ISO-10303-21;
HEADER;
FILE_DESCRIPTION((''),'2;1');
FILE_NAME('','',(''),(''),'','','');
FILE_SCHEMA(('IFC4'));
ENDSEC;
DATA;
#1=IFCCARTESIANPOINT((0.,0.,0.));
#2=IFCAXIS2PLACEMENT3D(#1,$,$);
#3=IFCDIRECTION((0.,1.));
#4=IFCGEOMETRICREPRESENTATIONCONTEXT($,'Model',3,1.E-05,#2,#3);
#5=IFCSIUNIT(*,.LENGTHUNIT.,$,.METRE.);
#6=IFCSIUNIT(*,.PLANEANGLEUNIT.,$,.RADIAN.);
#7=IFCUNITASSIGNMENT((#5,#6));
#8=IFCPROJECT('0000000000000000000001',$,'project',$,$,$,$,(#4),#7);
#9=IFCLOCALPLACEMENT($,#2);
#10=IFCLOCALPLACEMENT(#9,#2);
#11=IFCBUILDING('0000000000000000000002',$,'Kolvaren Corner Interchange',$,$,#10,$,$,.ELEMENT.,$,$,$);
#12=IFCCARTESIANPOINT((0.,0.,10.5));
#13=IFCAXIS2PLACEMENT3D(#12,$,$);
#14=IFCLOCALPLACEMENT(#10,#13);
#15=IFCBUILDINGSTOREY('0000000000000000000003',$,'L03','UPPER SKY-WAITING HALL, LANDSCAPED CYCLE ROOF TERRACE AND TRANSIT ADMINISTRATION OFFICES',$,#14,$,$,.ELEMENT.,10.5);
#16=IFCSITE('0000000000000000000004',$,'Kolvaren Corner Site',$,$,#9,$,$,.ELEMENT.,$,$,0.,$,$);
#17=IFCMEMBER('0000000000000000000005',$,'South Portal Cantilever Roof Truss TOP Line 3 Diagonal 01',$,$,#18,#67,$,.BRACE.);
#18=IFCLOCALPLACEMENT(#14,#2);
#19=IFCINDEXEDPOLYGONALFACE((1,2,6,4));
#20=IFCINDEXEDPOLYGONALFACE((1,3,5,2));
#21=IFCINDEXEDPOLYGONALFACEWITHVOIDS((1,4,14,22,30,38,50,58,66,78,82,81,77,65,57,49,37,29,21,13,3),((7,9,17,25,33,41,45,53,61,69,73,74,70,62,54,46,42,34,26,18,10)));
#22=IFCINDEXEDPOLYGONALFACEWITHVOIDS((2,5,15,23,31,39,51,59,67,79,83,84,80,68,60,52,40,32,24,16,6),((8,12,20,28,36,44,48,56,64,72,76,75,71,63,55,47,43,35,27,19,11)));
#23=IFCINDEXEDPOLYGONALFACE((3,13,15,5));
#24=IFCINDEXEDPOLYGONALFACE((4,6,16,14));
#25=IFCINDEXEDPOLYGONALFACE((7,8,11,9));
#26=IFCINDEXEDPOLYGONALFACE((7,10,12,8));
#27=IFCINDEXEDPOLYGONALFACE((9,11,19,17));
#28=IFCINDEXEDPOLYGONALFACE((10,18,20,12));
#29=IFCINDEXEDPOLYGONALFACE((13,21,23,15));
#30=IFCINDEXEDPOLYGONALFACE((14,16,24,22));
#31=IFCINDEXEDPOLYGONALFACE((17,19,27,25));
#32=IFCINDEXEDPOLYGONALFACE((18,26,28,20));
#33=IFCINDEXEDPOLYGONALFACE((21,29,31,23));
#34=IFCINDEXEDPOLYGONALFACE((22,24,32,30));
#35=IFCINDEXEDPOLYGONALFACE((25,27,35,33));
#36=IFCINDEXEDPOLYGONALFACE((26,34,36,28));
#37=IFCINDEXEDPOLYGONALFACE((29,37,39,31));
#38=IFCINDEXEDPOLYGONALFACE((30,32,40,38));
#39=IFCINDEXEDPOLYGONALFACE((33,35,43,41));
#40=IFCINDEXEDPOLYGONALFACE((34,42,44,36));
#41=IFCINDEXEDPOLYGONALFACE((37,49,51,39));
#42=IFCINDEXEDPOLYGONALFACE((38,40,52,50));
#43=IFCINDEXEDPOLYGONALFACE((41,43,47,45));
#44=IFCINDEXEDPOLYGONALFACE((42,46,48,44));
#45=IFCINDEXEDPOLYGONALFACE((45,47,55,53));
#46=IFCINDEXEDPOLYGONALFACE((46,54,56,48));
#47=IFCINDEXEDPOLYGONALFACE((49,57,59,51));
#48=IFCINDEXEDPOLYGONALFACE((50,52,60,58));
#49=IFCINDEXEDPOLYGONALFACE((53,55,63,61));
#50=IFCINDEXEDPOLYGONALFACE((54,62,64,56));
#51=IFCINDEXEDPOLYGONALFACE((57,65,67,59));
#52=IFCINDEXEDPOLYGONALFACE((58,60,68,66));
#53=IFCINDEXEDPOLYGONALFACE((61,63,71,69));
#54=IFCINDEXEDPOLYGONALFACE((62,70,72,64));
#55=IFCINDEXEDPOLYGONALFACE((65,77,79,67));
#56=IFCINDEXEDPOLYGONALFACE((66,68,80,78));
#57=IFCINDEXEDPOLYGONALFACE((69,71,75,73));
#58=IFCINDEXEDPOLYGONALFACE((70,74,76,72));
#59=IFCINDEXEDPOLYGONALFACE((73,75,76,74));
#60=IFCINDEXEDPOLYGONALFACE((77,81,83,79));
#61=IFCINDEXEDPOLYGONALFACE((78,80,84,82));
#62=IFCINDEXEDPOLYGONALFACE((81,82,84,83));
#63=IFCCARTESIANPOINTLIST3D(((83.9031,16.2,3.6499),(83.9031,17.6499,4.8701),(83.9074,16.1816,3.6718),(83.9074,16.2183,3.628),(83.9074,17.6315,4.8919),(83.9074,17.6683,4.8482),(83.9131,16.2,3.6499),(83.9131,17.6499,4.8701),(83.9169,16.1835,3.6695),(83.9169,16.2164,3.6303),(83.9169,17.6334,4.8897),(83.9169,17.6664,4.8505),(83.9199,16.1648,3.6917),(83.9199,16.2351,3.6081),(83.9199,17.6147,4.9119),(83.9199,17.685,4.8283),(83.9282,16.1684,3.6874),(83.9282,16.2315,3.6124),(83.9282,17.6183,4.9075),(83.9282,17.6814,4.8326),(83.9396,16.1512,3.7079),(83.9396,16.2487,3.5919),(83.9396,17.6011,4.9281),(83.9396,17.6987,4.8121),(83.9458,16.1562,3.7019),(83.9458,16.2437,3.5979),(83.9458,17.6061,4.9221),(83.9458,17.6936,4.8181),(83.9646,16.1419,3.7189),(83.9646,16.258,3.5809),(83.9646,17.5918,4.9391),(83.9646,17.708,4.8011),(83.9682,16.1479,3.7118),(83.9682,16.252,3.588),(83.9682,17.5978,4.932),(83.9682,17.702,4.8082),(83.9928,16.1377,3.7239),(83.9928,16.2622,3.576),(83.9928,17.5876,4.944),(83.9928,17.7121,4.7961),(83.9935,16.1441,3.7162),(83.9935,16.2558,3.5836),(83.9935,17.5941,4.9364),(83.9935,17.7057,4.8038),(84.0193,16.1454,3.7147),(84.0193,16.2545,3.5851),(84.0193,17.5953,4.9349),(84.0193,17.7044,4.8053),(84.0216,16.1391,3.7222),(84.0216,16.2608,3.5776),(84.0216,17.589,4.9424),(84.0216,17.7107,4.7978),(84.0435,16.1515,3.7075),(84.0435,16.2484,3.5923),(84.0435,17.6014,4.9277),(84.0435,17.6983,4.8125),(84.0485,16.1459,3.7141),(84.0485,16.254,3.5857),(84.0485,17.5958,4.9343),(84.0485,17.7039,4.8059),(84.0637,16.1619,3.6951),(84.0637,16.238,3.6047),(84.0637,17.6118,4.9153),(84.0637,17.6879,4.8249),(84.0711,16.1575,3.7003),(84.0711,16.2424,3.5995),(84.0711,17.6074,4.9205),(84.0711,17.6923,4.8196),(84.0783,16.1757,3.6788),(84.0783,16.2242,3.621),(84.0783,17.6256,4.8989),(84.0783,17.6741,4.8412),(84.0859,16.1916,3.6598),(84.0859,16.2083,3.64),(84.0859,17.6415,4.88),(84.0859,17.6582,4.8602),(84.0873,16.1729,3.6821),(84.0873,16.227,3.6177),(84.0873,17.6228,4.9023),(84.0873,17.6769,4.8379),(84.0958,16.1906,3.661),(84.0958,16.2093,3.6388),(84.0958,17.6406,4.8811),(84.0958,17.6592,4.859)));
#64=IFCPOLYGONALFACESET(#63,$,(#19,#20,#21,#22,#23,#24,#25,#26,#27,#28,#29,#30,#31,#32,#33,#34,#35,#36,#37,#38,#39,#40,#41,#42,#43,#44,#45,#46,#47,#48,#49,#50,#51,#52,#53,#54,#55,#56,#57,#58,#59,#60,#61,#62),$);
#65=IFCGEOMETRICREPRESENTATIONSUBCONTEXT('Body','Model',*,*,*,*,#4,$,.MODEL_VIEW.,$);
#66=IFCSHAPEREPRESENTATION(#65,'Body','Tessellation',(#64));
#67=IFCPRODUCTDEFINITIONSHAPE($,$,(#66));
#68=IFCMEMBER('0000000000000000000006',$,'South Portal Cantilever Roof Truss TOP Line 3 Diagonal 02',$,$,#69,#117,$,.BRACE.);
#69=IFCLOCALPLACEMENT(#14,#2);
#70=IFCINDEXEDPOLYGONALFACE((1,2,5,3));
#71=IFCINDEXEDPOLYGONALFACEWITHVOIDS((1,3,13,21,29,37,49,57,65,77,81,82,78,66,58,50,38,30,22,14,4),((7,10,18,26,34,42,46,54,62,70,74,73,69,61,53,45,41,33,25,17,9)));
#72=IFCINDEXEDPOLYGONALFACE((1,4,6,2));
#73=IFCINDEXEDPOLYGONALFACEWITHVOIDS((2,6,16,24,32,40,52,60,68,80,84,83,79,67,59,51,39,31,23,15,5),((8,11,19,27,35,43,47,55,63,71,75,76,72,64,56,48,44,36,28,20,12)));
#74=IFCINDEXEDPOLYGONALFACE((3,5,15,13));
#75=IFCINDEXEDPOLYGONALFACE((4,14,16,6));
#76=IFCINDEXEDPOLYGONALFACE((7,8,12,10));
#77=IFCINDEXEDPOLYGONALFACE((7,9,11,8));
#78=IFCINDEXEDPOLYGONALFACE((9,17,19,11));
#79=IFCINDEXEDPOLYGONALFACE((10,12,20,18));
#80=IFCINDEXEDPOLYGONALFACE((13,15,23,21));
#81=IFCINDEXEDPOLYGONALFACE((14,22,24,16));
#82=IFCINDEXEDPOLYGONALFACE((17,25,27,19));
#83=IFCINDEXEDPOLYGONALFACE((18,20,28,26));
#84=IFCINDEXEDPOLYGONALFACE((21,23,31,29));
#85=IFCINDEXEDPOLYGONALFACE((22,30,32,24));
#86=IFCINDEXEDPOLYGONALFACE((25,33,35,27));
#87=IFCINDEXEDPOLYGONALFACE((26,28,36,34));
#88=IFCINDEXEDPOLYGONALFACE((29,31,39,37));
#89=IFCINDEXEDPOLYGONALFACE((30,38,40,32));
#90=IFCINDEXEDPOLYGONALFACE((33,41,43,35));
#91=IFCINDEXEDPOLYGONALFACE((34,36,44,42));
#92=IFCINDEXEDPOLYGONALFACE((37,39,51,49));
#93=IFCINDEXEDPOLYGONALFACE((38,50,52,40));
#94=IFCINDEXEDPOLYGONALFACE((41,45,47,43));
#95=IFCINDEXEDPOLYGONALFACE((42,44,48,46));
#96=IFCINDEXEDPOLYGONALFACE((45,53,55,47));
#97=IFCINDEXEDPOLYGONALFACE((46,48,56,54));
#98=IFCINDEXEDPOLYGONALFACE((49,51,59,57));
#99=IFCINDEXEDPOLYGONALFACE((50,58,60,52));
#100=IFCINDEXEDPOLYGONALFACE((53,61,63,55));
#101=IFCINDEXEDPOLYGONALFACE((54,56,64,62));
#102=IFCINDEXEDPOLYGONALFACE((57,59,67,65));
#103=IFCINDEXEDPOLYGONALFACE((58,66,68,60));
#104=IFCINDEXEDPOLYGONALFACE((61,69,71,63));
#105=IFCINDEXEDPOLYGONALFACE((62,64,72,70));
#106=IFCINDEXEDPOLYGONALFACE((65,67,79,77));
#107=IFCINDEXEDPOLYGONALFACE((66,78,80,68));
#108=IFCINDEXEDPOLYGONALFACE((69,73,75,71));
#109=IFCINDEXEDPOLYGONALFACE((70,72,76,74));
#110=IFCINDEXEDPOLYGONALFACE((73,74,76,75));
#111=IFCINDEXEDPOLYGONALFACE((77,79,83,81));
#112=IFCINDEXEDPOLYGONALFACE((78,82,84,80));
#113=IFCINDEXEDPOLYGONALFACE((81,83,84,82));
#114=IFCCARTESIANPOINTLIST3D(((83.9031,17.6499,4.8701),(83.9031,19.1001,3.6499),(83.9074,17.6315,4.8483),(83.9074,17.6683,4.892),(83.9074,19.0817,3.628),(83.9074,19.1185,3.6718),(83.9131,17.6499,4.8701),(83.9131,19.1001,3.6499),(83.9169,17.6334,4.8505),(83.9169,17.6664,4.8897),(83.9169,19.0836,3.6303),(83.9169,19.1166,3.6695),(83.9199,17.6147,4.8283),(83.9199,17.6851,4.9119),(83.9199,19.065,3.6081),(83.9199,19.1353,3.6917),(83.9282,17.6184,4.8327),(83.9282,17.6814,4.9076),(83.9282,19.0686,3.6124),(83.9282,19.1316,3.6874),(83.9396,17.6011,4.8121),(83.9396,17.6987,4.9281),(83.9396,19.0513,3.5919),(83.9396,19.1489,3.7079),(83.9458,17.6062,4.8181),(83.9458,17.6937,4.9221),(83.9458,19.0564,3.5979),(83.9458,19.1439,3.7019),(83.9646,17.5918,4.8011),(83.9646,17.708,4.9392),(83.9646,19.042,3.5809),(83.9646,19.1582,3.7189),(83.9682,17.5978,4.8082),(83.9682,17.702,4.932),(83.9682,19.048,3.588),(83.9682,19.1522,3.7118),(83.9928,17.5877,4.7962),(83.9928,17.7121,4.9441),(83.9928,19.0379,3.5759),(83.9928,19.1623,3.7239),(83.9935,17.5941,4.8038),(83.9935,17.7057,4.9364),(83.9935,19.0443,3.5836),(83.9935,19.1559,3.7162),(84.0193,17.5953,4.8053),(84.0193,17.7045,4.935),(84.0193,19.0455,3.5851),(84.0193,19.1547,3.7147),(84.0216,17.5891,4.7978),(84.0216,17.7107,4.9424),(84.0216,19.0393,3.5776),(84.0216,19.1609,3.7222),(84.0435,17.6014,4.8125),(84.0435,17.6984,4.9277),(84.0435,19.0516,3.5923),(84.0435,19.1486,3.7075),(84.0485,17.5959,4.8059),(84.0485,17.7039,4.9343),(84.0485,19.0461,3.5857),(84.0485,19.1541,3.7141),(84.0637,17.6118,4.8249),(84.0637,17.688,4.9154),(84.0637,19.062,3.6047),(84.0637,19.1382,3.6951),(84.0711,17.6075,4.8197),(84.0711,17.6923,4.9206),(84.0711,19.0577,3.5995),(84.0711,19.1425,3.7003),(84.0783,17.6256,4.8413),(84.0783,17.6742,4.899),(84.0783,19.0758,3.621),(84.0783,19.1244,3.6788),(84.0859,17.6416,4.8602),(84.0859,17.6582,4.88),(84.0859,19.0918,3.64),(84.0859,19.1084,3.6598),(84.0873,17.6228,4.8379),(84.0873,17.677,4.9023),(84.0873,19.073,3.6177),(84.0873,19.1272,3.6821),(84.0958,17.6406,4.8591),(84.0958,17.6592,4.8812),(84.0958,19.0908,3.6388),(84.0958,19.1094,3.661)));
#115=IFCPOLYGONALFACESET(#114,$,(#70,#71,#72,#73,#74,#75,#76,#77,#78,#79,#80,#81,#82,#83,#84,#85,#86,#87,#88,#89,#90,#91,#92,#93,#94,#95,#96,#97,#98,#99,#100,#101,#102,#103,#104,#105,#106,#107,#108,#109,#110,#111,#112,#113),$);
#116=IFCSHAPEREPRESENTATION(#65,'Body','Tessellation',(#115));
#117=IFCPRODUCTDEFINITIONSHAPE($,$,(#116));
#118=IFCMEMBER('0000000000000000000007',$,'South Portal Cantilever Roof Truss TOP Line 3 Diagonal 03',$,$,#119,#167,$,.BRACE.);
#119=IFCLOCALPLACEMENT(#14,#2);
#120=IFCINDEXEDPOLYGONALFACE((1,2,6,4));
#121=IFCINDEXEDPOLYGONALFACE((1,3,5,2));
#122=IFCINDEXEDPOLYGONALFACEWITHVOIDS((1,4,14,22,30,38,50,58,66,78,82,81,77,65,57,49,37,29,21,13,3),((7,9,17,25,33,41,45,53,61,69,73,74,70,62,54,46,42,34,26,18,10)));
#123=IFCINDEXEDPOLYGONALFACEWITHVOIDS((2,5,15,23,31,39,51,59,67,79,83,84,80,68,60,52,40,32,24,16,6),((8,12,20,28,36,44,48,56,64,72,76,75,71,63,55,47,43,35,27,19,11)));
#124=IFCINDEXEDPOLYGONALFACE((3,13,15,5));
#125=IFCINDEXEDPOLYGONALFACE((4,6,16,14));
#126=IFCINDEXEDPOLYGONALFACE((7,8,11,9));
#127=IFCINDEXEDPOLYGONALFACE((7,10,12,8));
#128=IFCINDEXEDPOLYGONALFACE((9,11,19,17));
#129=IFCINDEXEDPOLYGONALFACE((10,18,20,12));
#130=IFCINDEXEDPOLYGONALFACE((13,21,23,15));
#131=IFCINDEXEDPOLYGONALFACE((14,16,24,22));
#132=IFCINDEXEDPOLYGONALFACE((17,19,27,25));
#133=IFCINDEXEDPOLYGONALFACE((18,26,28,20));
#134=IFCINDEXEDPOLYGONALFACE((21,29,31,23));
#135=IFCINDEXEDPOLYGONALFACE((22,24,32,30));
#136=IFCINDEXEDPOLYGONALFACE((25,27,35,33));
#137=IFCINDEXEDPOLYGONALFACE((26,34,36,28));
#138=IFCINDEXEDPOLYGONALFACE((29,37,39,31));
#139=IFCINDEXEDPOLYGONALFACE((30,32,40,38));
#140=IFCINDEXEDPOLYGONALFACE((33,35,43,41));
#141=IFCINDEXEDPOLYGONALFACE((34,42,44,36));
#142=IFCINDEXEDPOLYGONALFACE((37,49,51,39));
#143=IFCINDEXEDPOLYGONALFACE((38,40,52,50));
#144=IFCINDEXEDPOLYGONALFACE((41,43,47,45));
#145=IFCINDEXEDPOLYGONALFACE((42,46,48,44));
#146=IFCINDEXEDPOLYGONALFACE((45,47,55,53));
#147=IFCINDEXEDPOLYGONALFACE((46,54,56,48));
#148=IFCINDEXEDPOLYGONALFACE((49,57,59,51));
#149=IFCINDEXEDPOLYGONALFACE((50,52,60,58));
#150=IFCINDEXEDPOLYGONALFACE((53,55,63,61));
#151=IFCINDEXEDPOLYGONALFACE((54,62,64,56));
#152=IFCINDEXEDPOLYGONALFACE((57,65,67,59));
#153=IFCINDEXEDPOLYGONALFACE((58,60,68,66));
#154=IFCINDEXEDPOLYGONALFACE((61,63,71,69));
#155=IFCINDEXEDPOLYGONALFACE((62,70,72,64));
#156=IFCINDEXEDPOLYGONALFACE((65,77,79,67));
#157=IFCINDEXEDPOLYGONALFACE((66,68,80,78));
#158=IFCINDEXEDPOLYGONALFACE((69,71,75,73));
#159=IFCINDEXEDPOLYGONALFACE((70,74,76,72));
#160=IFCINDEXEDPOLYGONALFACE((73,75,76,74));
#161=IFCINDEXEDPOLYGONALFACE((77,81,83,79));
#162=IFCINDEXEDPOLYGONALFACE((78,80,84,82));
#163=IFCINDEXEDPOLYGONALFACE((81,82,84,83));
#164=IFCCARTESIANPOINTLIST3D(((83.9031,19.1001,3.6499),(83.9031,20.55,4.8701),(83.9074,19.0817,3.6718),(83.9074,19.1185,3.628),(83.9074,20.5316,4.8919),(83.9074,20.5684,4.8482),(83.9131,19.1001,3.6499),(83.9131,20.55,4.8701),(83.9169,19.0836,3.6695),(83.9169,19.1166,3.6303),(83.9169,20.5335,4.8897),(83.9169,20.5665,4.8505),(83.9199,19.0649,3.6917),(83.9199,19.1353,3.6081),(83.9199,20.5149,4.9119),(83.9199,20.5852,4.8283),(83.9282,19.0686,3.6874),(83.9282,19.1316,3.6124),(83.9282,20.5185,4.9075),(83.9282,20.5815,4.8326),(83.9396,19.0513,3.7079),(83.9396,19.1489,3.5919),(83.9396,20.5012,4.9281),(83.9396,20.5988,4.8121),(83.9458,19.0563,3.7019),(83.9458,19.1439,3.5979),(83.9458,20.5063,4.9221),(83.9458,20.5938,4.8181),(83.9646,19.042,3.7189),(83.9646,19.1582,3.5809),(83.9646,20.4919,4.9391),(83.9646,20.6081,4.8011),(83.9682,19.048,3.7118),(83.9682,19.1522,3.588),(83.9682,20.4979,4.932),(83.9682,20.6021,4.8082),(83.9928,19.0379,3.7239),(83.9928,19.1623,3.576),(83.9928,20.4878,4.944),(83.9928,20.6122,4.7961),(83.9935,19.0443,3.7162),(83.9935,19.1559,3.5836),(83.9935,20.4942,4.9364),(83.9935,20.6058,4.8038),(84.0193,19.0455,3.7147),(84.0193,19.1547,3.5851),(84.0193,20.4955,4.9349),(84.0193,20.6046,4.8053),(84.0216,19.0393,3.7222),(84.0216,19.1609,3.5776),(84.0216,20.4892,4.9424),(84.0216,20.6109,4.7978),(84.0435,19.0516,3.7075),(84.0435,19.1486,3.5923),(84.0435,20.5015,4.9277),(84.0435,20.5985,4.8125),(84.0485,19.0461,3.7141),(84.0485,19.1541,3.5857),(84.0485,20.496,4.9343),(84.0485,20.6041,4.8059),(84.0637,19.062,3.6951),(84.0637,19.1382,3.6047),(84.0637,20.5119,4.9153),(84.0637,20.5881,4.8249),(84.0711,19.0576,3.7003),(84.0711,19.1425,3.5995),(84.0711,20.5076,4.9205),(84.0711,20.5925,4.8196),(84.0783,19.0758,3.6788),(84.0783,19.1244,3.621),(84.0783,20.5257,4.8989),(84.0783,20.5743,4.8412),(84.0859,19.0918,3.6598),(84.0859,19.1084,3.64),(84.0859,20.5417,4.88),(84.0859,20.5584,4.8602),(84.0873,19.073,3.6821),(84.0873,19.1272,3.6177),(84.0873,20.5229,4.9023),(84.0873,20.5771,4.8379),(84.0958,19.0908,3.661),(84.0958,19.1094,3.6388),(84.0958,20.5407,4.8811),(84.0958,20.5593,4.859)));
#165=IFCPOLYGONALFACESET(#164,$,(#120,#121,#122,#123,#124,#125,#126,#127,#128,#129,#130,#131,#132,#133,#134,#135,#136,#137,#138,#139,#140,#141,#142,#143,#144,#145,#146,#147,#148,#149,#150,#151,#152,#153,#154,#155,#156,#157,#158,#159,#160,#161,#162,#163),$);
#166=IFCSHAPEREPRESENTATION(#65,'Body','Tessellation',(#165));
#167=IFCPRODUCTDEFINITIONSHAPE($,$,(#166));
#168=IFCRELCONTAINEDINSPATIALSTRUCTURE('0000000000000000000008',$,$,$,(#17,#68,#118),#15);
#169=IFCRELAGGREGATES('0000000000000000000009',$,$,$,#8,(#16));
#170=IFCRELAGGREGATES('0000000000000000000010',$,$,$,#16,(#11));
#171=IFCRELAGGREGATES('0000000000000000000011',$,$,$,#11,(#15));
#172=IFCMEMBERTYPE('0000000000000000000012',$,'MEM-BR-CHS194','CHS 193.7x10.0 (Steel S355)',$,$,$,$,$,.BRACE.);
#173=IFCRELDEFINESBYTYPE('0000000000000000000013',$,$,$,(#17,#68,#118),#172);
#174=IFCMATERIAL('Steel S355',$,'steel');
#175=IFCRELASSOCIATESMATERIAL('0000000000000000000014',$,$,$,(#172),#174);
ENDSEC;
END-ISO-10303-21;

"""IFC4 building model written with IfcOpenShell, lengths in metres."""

from ifc_helpers import new_model, si_unit, direction, frame, origin, origin_2d, place, context, subcontext, project, spatial, hollow_circle, extrude, material, material_profile, profile_set, type_object, element, save


model = new_model("IFC4")

# Units and contexts
model_context = context("Model", 3, precision=1e-05, world=origin(), true_north=direction((0.0, 1.0)))
body_context = subcontext(model_context, "Body", "Model", "MODEL_VIEW")
ifc_project = project(units=[si_unit("LENGTHUNIT", "METRE"), si_unit("PLANEANGLEUNIT", "RADIAN")], contexts=[model_context])

# Site, building, storey
site_placement = place(None, origin())
site = spatial("IfcSite", under=ifc_project, at=site_placement, Name="Kolvaren Corner Site", CompositionType="ELEMENT", RefElevation=0.0)
building_placement = place(site_placement, origin())
building = spatial("IfcBuilding", under=site, at=building_placement, Name="Kolvaren Corner Interchange", CompositionType="ELEMENT")
storey_placement = place(building_placement, frame((0.0, 0.0, 10.5)))
storey = spatial("IfcBuildingStorey", under=building, at=storey_placement, Name="L03", Description="UPPER SKY-WAITING HALL, LANDSCAPED CYCLE ROOF TERRACE AND TRANSIT ADMINISTRATION OFFICES", CompositionType="ELEMENT", Elevation=10.5)

# Members
ifc_material_1 = material(Name="Steel S355", Category="steel")
ifc_material_profile_1 = material_profile(ifc_material_1, hollow_circle(Radius=0.0969, WallThickness=0.01, at=origin_2d()), Name="CHS 193.7x10.0")
ifc_profile_set_1 = profile_set([ifc_material_profile_1], Name="Steel S355")
member_type_1 = type_object("IfcMemberType", Name="MEM-BR-CHS194", Description="CHS 193.7x10.0 (Steel S355)", PredefinedType="BRACE", material=ifc_profile_set_1)
for number, where, z_axis, x_axis, name in (
    (1, (84.0, 16.2, 3.6499), (0.0, 0.765118, 0.64389), (-1.0, 0.0, 0.0), "South Portal Cantilever Roof Truss TOP Line 3 Diagonal 01"),
):
    element("IfcMember", number, at=place(storey_placement, frame(where, z_axis=z_axis, x_axis=x_axis)), inside=storey, type_object=member_type_1, Name=name, PredefinedType="BRACE", context=body_context, shape_type="SweptSolid", body=[
        extrude(hollow_circle(Radius=0.0969, WallThickness=0.01, at=origin_2d()), origin(), (0.0, 0.0, 1.0), 1.895),
    ])
member_1_placement = place(storey_placement, frame((84.0, 17.6499, 4.8701), z_axis=(0.0, 0.765172, -0.643826), x_axis=(-1.0, 0.0, 0.0)))
element("IfcMember", 2, at=member_1_placement, inside=storey, type_object=member_type_1, Name="South Portal Cantilever Roof Truss TOP Line 3 Diagonal 02", PredefinedType="BRACE", context=body_context, shape_type="SweptSolid", body=[
    extrude(hollow_circle(Radius=0.0969, WallThickness=0.01, at=origin_2d()), origin(), (0.0, 0.0, 1.0), 1.8953),
])
member_2_placement = place(storey_placement, frame((84.0, 19.1001, 3.6499), z_axis=(0.0, 0.765118, 0.64389), x_axis=(-1.0, 0.0, 0.0)))
element("IfcMember", 3, at=member_2_placement, inside=storey, type_object=member_type_1, Name="South Portal Cantilever Roof Truss TOP Line 3 Diagonal 03", PredefinedType="BRACE", context=body_context, shape_type="SweptSolid", body=[
    extrude(hollow_circle(Radius=0.0969, WallThickness=0.01, at=origin_2d()), origin(), (0.0, 0.0, 1.0), 1.895),
])

save(model, "model.ifc")
